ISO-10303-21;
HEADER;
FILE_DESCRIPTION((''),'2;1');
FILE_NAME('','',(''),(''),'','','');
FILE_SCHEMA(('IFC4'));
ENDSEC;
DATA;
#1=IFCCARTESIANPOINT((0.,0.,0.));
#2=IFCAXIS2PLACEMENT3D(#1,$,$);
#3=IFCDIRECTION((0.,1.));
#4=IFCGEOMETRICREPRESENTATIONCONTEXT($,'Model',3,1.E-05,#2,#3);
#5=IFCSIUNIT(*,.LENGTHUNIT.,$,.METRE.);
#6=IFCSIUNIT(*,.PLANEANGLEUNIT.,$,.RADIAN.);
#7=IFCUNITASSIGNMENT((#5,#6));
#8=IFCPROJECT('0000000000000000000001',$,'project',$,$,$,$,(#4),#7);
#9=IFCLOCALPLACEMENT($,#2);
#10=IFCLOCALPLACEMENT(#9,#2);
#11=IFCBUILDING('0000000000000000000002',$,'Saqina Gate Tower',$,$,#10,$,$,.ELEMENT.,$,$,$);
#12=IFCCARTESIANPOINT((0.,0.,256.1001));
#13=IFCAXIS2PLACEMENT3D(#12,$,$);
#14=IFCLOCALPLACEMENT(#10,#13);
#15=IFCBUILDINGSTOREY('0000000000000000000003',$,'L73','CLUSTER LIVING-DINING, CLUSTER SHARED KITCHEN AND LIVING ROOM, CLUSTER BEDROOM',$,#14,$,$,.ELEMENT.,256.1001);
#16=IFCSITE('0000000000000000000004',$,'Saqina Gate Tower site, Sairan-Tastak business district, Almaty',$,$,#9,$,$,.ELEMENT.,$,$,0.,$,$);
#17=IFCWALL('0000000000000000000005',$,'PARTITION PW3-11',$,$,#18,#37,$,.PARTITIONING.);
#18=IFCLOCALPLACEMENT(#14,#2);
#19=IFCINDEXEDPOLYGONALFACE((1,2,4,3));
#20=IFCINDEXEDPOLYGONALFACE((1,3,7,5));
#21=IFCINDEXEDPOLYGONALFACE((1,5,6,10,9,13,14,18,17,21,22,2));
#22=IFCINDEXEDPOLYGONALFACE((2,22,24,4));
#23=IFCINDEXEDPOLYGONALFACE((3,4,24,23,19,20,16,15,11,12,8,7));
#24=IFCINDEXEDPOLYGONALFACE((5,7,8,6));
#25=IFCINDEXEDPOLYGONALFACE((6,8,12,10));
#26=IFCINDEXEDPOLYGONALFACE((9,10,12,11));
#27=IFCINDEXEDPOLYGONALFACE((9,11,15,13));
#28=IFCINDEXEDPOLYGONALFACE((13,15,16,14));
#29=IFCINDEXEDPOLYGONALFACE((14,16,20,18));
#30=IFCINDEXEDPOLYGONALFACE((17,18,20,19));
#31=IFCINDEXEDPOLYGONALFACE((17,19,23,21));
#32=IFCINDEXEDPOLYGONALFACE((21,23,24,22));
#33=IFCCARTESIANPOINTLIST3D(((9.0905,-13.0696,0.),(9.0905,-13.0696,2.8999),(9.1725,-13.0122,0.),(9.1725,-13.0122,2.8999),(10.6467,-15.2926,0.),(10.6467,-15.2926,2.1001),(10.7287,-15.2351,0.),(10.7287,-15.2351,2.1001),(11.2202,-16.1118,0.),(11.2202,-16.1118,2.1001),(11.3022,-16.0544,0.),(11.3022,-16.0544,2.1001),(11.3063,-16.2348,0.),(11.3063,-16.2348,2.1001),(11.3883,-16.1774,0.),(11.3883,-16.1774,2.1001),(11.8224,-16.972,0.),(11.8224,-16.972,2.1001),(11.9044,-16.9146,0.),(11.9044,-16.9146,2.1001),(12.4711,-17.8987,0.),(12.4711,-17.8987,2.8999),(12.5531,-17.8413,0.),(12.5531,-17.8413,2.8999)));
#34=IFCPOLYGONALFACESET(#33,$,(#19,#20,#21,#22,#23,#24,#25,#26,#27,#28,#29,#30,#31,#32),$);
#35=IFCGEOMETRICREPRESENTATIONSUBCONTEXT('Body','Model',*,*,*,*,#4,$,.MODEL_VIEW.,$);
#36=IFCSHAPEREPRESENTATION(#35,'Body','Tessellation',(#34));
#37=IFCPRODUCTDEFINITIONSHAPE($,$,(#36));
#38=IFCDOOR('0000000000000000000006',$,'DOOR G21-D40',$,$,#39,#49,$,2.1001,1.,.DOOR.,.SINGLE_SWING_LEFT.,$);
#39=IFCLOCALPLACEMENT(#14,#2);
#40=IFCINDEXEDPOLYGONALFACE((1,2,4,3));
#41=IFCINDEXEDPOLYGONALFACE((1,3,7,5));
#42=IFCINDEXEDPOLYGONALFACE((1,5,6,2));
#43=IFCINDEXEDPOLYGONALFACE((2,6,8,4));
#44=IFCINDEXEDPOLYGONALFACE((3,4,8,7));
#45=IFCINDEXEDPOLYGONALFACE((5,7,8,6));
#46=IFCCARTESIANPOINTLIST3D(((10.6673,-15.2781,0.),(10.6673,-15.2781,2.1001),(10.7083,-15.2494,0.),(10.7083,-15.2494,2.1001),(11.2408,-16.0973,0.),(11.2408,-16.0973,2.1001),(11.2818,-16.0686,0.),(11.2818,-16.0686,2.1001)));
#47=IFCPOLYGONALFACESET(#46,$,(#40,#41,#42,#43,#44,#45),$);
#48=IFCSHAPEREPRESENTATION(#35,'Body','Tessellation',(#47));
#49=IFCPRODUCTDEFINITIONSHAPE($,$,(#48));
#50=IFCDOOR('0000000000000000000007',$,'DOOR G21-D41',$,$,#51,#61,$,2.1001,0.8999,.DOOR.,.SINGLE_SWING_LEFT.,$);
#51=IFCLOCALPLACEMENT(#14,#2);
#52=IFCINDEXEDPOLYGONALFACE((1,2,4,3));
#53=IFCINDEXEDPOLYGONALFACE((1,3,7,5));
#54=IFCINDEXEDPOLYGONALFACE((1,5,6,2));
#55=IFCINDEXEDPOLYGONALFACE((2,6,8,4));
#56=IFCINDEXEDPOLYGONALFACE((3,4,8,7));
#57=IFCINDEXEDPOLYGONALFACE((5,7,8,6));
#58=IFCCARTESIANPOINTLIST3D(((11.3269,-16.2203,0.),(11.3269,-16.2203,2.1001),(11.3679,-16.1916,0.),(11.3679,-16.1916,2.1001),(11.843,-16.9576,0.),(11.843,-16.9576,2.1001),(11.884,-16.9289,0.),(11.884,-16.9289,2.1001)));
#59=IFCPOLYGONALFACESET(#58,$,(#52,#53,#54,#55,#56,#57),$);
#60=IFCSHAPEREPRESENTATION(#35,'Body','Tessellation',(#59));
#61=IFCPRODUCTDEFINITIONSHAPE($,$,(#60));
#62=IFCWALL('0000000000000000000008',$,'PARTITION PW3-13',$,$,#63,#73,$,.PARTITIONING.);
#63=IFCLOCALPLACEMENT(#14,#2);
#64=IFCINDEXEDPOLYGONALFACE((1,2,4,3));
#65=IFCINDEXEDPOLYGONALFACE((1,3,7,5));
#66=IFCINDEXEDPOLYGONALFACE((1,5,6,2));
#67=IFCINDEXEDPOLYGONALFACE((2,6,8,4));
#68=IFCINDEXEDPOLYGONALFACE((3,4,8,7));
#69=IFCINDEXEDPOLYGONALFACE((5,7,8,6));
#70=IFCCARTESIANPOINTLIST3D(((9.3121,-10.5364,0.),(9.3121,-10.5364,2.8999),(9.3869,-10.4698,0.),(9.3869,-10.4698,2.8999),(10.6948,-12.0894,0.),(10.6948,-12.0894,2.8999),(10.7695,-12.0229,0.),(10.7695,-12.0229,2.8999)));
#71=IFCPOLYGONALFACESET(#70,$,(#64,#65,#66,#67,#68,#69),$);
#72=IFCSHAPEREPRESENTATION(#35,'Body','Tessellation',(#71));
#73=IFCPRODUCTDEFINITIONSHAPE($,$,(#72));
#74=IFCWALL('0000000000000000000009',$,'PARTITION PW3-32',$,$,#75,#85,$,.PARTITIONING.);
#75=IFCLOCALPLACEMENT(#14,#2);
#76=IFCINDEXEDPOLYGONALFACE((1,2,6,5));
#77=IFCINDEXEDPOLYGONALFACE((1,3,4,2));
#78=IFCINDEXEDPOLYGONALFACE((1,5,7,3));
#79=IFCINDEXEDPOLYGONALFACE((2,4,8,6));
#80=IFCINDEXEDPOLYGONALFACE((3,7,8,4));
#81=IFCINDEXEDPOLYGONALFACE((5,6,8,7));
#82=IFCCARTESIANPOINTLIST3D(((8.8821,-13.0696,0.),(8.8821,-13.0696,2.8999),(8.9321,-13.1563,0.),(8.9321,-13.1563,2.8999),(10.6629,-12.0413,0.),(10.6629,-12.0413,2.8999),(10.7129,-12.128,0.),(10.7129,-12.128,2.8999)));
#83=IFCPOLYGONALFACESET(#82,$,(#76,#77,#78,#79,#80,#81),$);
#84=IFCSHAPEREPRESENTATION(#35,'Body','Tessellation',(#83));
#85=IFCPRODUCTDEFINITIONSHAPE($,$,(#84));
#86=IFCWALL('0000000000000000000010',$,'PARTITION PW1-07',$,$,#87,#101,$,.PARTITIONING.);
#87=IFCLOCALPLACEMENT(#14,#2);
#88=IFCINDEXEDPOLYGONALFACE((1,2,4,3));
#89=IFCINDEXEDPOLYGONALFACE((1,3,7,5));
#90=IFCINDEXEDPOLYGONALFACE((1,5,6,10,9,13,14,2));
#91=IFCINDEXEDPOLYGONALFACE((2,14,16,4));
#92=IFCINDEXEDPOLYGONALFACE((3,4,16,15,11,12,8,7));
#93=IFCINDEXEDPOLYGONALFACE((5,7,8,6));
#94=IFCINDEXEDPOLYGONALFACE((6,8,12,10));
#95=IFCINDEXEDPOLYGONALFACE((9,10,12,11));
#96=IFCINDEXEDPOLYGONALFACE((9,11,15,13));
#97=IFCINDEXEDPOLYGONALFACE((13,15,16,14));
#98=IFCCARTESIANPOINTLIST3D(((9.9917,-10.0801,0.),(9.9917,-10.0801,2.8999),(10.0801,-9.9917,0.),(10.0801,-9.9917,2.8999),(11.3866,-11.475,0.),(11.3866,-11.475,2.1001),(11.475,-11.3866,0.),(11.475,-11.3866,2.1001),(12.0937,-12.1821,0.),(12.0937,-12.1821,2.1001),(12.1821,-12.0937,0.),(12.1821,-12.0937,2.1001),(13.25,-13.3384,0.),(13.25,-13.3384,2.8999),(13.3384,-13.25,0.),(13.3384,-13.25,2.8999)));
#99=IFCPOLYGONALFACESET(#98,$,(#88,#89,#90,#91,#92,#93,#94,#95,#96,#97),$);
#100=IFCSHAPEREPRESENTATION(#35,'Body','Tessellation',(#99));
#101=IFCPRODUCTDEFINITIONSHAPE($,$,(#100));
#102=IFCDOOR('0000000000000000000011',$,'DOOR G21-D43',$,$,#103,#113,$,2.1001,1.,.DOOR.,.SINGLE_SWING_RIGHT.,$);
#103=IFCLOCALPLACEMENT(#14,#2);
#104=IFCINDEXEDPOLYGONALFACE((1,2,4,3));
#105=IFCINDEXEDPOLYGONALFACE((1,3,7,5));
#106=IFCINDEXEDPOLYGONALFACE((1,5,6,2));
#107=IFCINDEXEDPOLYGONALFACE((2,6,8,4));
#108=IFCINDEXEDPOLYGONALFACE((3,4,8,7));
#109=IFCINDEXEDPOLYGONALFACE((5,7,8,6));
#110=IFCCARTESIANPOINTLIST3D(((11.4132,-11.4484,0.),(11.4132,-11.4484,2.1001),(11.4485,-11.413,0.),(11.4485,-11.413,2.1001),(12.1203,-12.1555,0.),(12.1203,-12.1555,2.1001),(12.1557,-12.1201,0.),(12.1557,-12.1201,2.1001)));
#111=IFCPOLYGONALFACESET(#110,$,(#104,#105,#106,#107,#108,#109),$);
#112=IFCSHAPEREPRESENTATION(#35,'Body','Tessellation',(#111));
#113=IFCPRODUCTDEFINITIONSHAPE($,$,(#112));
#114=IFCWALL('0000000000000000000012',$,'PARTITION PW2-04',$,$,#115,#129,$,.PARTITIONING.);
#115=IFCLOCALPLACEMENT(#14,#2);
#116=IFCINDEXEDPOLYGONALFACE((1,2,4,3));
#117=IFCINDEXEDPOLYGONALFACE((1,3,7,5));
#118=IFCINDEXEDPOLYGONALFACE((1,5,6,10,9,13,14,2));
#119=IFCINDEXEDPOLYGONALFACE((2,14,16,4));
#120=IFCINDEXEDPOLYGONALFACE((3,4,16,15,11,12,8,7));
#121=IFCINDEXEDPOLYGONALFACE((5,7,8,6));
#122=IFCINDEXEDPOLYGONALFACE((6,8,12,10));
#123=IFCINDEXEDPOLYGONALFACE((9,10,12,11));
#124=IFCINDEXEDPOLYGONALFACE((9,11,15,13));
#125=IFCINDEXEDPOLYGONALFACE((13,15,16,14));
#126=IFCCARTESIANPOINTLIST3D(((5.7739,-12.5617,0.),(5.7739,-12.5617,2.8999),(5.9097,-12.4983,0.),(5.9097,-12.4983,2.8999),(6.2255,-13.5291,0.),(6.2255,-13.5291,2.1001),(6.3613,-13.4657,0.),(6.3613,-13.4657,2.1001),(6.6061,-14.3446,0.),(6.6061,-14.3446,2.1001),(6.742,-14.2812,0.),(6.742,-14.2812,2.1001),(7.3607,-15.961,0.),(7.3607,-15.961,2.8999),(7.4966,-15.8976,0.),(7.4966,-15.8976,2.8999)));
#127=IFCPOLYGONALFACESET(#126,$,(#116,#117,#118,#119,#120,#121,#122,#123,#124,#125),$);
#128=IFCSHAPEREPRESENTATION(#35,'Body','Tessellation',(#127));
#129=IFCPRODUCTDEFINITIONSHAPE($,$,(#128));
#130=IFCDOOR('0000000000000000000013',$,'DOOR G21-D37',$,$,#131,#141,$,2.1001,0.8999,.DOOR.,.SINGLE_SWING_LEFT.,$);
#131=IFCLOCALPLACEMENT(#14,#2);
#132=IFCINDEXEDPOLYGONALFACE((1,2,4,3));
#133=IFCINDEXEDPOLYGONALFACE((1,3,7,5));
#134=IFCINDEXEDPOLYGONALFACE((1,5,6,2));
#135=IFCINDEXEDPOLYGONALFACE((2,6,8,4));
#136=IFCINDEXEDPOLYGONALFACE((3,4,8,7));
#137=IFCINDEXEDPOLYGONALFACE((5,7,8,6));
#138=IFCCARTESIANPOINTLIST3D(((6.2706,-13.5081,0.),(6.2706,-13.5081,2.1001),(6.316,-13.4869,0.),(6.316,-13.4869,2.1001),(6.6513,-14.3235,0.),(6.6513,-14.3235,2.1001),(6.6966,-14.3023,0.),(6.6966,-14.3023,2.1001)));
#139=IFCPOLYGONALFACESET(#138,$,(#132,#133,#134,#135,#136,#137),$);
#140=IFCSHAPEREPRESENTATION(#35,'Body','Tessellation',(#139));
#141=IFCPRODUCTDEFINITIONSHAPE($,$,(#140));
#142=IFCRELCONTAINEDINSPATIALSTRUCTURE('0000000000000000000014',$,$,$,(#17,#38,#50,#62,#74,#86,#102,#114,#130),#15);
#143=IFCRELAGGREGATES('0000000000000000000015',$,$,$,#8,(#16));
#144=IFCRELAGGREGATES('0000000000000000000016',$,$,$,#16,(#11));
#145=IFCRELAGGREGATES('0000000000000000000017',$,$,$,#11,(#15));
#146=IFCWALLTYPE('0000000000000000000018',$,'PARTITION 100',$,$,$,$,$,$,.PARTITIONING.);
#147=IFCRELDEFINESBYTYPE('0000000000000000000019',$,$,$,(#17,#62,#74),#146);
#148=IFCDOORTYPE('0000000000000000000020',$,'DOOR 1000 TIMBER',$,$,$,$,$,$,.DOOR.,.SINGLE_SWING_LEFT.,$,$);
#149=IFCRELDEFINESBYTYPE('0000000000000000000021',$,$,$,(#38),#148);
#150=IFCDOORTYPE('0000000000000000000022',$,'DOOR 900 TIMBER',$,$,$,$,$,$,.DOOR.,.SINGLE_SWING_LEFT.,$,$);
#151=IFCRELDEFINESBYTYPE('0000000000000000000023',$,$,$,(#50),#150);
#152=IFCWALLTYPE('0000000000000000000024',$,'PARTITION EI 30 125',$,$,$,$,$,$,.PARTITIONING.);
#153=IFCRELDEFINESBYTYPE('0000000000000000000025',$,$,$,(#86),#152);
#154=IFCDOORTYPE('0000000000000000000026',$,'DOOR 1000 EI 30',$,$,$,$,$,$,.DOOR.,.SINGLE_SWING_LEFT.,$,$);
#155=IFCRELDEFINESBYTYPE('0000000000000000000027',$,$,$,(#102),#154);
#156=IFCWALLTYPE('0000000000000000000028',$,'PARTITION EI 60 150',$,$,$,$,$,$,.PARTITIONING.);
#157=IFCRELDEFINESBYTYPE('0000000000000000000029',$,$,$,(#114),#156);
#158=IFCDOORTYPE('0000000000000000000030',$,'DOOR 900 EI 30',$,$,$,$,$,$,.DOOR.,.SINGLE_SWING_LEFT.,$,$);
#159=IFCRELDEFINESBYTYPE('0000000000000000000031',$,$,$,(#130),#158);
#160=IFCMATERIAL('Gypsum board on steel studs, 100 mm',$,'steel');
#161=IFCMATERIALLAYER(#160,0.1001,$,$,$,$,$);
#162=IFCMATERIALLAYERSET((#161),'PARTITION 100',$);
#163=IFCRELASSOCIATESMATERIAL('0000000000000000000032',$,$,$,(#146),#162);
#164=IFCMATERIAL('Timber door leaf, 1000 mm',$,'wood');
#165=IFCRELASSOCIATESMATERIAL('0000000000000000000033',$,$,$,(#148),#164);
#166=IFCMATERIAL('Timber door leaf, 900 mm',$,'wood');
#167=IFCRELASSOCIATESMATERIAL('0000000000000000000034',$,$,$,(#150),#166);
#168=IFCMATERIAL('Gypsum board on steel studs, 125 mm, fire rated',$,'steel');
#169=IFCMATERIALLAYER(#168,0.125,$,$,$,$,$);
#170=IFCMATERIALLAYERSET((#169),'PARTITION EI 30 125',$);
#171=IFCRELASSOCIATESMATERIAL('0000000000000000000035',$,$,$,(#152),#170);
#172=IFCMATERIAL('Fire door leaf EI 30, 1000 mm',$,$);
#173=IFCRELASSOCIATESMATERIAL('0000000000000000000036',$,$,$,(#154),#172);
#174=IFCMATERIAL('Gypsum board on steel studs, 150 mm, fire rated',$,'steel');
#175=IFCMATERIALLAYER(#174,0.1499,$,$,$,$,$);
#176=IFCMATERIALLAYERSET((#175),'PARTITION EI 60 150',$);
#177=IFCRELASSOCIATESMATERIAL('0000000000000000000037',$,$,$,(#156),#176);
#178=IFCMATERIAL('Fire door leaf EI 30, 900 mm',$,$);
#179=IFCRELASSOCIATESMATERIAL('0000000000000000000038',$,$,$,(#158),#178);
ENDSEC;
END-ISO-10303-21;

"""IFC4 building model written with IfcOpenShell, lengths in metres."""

from ifc_helpers import new_model, si_unit, direction, frame, frame_2d, origin, place, context, subcontext, project, spatial, rectangle, extrude, material, layer, layer_set, type_object, element, fill, save


model = new_model("IFC4")

# Units and contexts
model_context = context("Model", 3, precision=1e-05, world=origin(), true_north=direction((0.0, 1.0)))
body_context = subcontext(model_context, "Body", "Model", "MODEL_VIEW")
ifc_project = project(units=[si_unit("LENGTHUNIT", "METRE"), si_unit("PLANEANGLEUNIT", "RADIAN")], contexts=[model_context])

# Site, building, storey
site_placement = place(None, origin())
site = spatial("IfcSite", under=ifc_project, at=site_placement, Name="Saqina Gate Tower site, Sairan-Tastak business district, Almaty", CompositionType="ELEMENT", RefElevation=0.0)
building_placement = place(site_placement, origin())
building = spatial("IfcBuilding", under=site, at=building_placement, Name="Saqina Gate Tower", CompositionType="ELEMENT")
storey_placement = place(building_placement, frame((0.0, 0.0, 256.1001)))
storey = spatial("IfcBuildingStorey", under=building, at=storey_placement, Name="L73", Description="CLUSTER LIVING-DINING, CLUSTER SHARED KITCHEN AND LIVING ROOM, CLUSTER BEDROOM", CompositionType="ELEMENT", Elevation=256.1001)

# Shared definitions
ifc_material_1 = material(Name="Gypsum board on steel studs, 100 mm", Category="steel")
ifc_layer_1 = layer(ifc_material_1, 0.1001)
ifc_layer_set_1 = layer_set([ifc_layer_1], Name="PARTITION 100")
wall_type_1 = type_object("IfcWallType", Name="PARTITION 100", PredefinedType="PARTITIONING", material=ifc_layer_set_1)

# Wall, openings, doors
wall_1_placement = place(storey_placement, frame((9.1316, -13.041, 0.0), z_axis=(0.0, 0.0, 1.0), x_axis=(0.57349, -0.819212, 0.0)))
wall_1 = element("IfcWall", 1, at=wall_1_placement, inside=storey, type_object=wall_type_1, Name="PARTITION PW3-11", PredefinedType="PARTITIONING", context=body_context, shape_type="SweptSolid", body=[
    extrude(rectangle(XDim=5.8948, YDim=0.1001, at=frame_2d((2.9473, 0.0))), origin(), (0.0, 0.0, 1.0), 2.8999),
])
opening_1_placement = place(wall_1_placement, frame((2.7134, 0.0, 0.0)))
opening_1 = element("IfcOpeningElement", 2, at=opening_1_placement, cuts=wall_1, PredefinedType="OPENING", context=body_context, shape_type="SweptSolid", body=[
    extrude(rectangle(XDim=1.0, YDim=2.1001, at=frame_2d((0.5, 1.05))), frame((0.0, 0.062, 0.0), z_axis=(0.0, -1.0, 0.0), x_axis=(1.0, 0.0, 0.0)), (0.0, 0.0, 1.0), 0.124),
])
opening_2_placement = place(wall_1_placement, frame((3.8635, 0.0, 0.0)))
opening_2 = element("IfcOpeningElement", 3, at=opening_2_placement, cuts=wall_1, PredefinedType="OPENING", context=body_context, shape_type="SweptSolid", body=[
    extrude(rectangle(XDim=0.8999, YDim=2.1001, at=frame_2d((0.45, 1.05))), frame((0.0, 0.062, 0.0), z_axis=(0.0, -1.0, 0.0), x_axis=(1.0, 0.0, 0.0)), (0.0, 0.0, 1.0), 0.124),
])
ifc_material_2 = material(Name="Timber door leaf, 1000 mm", Category="wood")
door_type_1 = type_object("IfcDoorType", Name="DOOR 1000 TIMBER", OperationType="SINGLE_SWING_LEFT", PredefinedType="DOOR", material=ifc_material_2)
door_1_placement = place(opening_1_placement, frame((1.0, 0.0, 0.0), z_axis=(0.0, 0.0, 1.0), x_axis=(-1.0, 0.0, 0.0)))
door_1 = element("IfcDoor", 4, at=door_1_placement, inside=storey, type_object=door_type_1, Name="DOOR G21-D40", OperationType="SINGLE_SWING_LEFT", OverallHeight=2.1001, OverallWidth=1.0, PredefinedType="DOOR", context=body_context, shape_type="SweptSolid", body=[
    extrude(rectangle(XDim=1.0, YDim=2.1001, at=frame_2d((0.5, 1.05))), frame((0.0, 0.0249, 0.0), z_axis=(0.0, -1.0, 0.0), x_axis=(1.0, 0.0, 0.0)), (0.0, 0.0, 1.0), 0.05),
])
fill(opening_1, door_1)
ifc_material_3 = material(Name="Timber door leaf, 900 mm", Category="wood")
door_type_2 = type_object("IfcDoorType", Name="DOOR 900 TIMBER", OperationType="SINGLE_SWING_LEFT", PredefinedType="DOOR", material=ifc_material_3)
door_2_placement = place(opening_2_placement, frame((0.8999, 0.0, 0.0), z_axis=(0.0, 0.0, 1.0), x_axis=(-1.0, 0.0, 0.0)))
door_2 = element("IfcDoor", 5, at=door_2_placement, inside=storey, type_object=door_type_2, Name="DOOR G21-D41", OperationType="SINGLE_SWING_LEFT", OverallHeight=2.1001, OverallWidth=0.8999, PredefinedType="DOOR", context=body_context, shape_type="SweptSolid", body=[
    extrude(rectangle(XDim=0.8999, YDim=2.1001, at=frame_2d((0.45, 1.05))), frame((0.0, 0.0249, 0.0), z_axis=(0.0, -1.0, 0.0), x_axis=(1.0, 0.0, 0.0)), (0.0, 0.0, 1.0), 0.05),
])
fill(opening_2, door_2)

# Walls
wall_2_placement = place(storey_placement, frame((9.3496, -10.5032, 0.0), z_axis=(0.0, 0.0, 1.0), x_axis=(0.664939, -0.746897, 0.0)))
element("IfcWall", 6, at=wall_2_placement, inside=storey, type_object=wall_type_1, Name="PARTITION PW3-13", PredefinedType="PARTITIONING", context=body_context, shape_type="SweptSolid", body=[
    extrude(rectangle(XDim=2.0793, YDim=0.1001, at=frame_2d((1.0396, 0.0))), origin(), (0.0, 0.0, 1.0), 2.8999),
])
wall_3_placement = place(storey_placement, frame((8.907, -13.113, 0.0), z_axis=(0.0, 0.0, 1.0), x_axis=(0.865984, 0.500072, 0.0)))
element("IfcWall", 7, at=wall_3_placement, inside=storey, type_object=wall_type_1, Name="PARTITION PW3-32", PredefinedType="PARTITIONING", context=body_context, shape_type="SweptSolid", body=[
    extrude(rectangle(XDim=2.0564, YDim=0.1001, at=frame_2d((1.0283, 0.0))), origin(), (0.0, 0.0, 1.0), 2.8999),
])

# Walls, openings, doors
ifc_material_4 = material(Name="Gypsum board on steel studs, 125 mm, fire rated", Category="steel")
ifc_layer_2 = layer(ifc_material_4, 0.125)
ifc_layer_set_2 = layer_set([ifc_layer_2], Name="PARTITION EI 30 125")
wall_type_2 = type_object("IfcWallType", Name="PARTITION EI 30 125", PredefinedType="PARTITIONING", material=ifc_layer_set_2)
wall_4_placement = place(storey_placement, frame((10.0359, -10.0359, 0.0), z_axis=(0.0, 0.0, 1.0), x_axis=(0.707107, -0.707107, 0.0)))
wall_4 = element("IfcWall", 8, at=wall_4_placement, inside=storey, type_object=wall_type_2, Name="PARTITION PW1-07", PredefinedType="PARTITIONING", context=body_context, shape_type="SweptSolid", body=[
    extrude(rectangle(XDim=4.6079, YDim=0.125, at=frame_2d((2.304, 0.0))), origin(), (0.0, 0.0, 1.0), 2.8999),
])
opening_3_placement = place(wall_4_placement, frame((1.9727, 0.0, 0.0)))
opening_3 = element("IfcOpeningElement", 9, at=opening_3_placement, cuts=wall_4, PredefinedType="OPENING", context=body_context, shape_type="SweptSolid", body=[
    extrude(rectangle(XDim=1.0, YDim=2.1001, at=frame_2d((0.5, 1.05))), frame((0.0, 0.0745, 0.0), z_axis=(0.0, -1.0, 0.0), x_axis=(1.0, 0.0, 0.0)), (0.0, 0.0, 1.0), 0.1489),
])
ifc_material_5 = material(Name="Fire door leaf EI 30, 1000 mm")
door_type_3 = type_object("IfcDoorType", Name="DOOR 1000 EI 30", OperationType="SINGLE_SWING_LEFT", PredefinedType="DOOR", material=ifc_material_5)
door_3_placement = place(opening_3_placement, frame((1.0, 0.0, 0.0), z_axis=(0.0, 0.0, 1.0), x_axis=(-1.0, 0.0, 0.0)))
door_3 = element("IfcDoor", 10, at=door_3_placement, inside=storey, type_object=door_type_3, Name="DOOR G21-D43", OperationType="SINGLE_SWING_RIGHT", OverallHeight=2.1001, OverallWidth=1.0, PredefinedType="DOOR", context=body_context, shape_type="SweptSolid", body=[
    extrude(rectangle(XDim=1.0, YDim=2.1001, at=frame_2d((0.5, 1.05))), frame((0.0, 0.0249, 0.0), z_axis=(0.0, -1.0, 0.0), x_axis=(1.0, 0.0, 0.0)), (0.0, 0.0, 1.0), 0.05),
])
fill(opening_3, door_3)
ifc_material_6 = material(Name="Gypsum board on steel studs, 150 mm, fire rated", Category="steel")
ifc_layer_3 = layer(ifc_material_6, 0.1499)
ifc_layer_set_3 = layer_set([ifc_layer_3], Name="PARTITION EI 60 150")
wall_type_3 = type_object("IfcWallType", Name="PARTITION EI 60 150", PredefinedType="PARTITIONING", material=ifc_layer_set_3)
wall_5_placement = place(storey_placement, frame((5.8418, -12.53, 0.0), z_axis=(0.0, 0.0, 1.0), x_axis=(0.422999, -0.90613, 0.0)))
wall_5 = element("IfcWall", 11, at=wall_5_placement, inside=storey, type_object=wall_type_3, Name="PARTITION PW2-04", PredefinedType="PARTITIONING", context=body_context, shape_type="SweptSolid", body=[
    extrude(rectangle(XDim=3.7515, YDim=0.1499, at=frame_2d((1.8757, 0.0))), origin(), (0.0, 0.0, 1.0), 2.8999),
])
opening_4_placement = place(wall_5_placement, frame((1.0676, 0.0, 0.0)))
opening_4 = element("IfcOpeningElement", 12, at=opening_4_placement, cuts=wall_5, PredefinedType="OPENING", context=body_context, shape_type="SweptSolid", body=[
    extrude(rectangle(XDim=0.8999, YDim=2.1001, at=frame_2d((0.45, 1.05))), frame((0.0, 0.0869, 0.0), z_axis=(0.0, -1.0, 0.0), x_axis=(1.0, 0.0, 0.0)), (0.0, 0.0, 1.0), 0.1738),
])
ifc_material_7 = material(Name="Fire door leaf EI 30, 900 mm")
door_type_4 = type_object("IfcDoorType", Name="DOOR 900 EI 30", OperationType="SINGLE_SWING_LEFT", PredefinedType="DOOR", material=ifc_material_7)
door_4_placement = place(opening_4_placement, origin())
door_4 = element("IfcDoor", 13, at=door_4_placement, inside=storey, type_object=door_type_4, Name="DOOR G21-D37", OperationType="SINGLE_SWING_LEFT", OverallHeight=2.1001, OverallWidth=0.8999, PredefinedType="DOOR", context=body_context, shape_type="SweptSolid", body=[
    extrude(rectangle(XDim=0.8999, YDim=2.1001, at=frame_2d((0.45, 1.05))), frame((0.0, 0.0249, 0.0), z_axis=(0.0, -1.0, 0.0), x_axis=(1.0, 0.0, 0.0)), (0.0, 0.0, 1.0), 0.05),
])
fill(opening_4, door_4)

save(model, "model.ifc")
